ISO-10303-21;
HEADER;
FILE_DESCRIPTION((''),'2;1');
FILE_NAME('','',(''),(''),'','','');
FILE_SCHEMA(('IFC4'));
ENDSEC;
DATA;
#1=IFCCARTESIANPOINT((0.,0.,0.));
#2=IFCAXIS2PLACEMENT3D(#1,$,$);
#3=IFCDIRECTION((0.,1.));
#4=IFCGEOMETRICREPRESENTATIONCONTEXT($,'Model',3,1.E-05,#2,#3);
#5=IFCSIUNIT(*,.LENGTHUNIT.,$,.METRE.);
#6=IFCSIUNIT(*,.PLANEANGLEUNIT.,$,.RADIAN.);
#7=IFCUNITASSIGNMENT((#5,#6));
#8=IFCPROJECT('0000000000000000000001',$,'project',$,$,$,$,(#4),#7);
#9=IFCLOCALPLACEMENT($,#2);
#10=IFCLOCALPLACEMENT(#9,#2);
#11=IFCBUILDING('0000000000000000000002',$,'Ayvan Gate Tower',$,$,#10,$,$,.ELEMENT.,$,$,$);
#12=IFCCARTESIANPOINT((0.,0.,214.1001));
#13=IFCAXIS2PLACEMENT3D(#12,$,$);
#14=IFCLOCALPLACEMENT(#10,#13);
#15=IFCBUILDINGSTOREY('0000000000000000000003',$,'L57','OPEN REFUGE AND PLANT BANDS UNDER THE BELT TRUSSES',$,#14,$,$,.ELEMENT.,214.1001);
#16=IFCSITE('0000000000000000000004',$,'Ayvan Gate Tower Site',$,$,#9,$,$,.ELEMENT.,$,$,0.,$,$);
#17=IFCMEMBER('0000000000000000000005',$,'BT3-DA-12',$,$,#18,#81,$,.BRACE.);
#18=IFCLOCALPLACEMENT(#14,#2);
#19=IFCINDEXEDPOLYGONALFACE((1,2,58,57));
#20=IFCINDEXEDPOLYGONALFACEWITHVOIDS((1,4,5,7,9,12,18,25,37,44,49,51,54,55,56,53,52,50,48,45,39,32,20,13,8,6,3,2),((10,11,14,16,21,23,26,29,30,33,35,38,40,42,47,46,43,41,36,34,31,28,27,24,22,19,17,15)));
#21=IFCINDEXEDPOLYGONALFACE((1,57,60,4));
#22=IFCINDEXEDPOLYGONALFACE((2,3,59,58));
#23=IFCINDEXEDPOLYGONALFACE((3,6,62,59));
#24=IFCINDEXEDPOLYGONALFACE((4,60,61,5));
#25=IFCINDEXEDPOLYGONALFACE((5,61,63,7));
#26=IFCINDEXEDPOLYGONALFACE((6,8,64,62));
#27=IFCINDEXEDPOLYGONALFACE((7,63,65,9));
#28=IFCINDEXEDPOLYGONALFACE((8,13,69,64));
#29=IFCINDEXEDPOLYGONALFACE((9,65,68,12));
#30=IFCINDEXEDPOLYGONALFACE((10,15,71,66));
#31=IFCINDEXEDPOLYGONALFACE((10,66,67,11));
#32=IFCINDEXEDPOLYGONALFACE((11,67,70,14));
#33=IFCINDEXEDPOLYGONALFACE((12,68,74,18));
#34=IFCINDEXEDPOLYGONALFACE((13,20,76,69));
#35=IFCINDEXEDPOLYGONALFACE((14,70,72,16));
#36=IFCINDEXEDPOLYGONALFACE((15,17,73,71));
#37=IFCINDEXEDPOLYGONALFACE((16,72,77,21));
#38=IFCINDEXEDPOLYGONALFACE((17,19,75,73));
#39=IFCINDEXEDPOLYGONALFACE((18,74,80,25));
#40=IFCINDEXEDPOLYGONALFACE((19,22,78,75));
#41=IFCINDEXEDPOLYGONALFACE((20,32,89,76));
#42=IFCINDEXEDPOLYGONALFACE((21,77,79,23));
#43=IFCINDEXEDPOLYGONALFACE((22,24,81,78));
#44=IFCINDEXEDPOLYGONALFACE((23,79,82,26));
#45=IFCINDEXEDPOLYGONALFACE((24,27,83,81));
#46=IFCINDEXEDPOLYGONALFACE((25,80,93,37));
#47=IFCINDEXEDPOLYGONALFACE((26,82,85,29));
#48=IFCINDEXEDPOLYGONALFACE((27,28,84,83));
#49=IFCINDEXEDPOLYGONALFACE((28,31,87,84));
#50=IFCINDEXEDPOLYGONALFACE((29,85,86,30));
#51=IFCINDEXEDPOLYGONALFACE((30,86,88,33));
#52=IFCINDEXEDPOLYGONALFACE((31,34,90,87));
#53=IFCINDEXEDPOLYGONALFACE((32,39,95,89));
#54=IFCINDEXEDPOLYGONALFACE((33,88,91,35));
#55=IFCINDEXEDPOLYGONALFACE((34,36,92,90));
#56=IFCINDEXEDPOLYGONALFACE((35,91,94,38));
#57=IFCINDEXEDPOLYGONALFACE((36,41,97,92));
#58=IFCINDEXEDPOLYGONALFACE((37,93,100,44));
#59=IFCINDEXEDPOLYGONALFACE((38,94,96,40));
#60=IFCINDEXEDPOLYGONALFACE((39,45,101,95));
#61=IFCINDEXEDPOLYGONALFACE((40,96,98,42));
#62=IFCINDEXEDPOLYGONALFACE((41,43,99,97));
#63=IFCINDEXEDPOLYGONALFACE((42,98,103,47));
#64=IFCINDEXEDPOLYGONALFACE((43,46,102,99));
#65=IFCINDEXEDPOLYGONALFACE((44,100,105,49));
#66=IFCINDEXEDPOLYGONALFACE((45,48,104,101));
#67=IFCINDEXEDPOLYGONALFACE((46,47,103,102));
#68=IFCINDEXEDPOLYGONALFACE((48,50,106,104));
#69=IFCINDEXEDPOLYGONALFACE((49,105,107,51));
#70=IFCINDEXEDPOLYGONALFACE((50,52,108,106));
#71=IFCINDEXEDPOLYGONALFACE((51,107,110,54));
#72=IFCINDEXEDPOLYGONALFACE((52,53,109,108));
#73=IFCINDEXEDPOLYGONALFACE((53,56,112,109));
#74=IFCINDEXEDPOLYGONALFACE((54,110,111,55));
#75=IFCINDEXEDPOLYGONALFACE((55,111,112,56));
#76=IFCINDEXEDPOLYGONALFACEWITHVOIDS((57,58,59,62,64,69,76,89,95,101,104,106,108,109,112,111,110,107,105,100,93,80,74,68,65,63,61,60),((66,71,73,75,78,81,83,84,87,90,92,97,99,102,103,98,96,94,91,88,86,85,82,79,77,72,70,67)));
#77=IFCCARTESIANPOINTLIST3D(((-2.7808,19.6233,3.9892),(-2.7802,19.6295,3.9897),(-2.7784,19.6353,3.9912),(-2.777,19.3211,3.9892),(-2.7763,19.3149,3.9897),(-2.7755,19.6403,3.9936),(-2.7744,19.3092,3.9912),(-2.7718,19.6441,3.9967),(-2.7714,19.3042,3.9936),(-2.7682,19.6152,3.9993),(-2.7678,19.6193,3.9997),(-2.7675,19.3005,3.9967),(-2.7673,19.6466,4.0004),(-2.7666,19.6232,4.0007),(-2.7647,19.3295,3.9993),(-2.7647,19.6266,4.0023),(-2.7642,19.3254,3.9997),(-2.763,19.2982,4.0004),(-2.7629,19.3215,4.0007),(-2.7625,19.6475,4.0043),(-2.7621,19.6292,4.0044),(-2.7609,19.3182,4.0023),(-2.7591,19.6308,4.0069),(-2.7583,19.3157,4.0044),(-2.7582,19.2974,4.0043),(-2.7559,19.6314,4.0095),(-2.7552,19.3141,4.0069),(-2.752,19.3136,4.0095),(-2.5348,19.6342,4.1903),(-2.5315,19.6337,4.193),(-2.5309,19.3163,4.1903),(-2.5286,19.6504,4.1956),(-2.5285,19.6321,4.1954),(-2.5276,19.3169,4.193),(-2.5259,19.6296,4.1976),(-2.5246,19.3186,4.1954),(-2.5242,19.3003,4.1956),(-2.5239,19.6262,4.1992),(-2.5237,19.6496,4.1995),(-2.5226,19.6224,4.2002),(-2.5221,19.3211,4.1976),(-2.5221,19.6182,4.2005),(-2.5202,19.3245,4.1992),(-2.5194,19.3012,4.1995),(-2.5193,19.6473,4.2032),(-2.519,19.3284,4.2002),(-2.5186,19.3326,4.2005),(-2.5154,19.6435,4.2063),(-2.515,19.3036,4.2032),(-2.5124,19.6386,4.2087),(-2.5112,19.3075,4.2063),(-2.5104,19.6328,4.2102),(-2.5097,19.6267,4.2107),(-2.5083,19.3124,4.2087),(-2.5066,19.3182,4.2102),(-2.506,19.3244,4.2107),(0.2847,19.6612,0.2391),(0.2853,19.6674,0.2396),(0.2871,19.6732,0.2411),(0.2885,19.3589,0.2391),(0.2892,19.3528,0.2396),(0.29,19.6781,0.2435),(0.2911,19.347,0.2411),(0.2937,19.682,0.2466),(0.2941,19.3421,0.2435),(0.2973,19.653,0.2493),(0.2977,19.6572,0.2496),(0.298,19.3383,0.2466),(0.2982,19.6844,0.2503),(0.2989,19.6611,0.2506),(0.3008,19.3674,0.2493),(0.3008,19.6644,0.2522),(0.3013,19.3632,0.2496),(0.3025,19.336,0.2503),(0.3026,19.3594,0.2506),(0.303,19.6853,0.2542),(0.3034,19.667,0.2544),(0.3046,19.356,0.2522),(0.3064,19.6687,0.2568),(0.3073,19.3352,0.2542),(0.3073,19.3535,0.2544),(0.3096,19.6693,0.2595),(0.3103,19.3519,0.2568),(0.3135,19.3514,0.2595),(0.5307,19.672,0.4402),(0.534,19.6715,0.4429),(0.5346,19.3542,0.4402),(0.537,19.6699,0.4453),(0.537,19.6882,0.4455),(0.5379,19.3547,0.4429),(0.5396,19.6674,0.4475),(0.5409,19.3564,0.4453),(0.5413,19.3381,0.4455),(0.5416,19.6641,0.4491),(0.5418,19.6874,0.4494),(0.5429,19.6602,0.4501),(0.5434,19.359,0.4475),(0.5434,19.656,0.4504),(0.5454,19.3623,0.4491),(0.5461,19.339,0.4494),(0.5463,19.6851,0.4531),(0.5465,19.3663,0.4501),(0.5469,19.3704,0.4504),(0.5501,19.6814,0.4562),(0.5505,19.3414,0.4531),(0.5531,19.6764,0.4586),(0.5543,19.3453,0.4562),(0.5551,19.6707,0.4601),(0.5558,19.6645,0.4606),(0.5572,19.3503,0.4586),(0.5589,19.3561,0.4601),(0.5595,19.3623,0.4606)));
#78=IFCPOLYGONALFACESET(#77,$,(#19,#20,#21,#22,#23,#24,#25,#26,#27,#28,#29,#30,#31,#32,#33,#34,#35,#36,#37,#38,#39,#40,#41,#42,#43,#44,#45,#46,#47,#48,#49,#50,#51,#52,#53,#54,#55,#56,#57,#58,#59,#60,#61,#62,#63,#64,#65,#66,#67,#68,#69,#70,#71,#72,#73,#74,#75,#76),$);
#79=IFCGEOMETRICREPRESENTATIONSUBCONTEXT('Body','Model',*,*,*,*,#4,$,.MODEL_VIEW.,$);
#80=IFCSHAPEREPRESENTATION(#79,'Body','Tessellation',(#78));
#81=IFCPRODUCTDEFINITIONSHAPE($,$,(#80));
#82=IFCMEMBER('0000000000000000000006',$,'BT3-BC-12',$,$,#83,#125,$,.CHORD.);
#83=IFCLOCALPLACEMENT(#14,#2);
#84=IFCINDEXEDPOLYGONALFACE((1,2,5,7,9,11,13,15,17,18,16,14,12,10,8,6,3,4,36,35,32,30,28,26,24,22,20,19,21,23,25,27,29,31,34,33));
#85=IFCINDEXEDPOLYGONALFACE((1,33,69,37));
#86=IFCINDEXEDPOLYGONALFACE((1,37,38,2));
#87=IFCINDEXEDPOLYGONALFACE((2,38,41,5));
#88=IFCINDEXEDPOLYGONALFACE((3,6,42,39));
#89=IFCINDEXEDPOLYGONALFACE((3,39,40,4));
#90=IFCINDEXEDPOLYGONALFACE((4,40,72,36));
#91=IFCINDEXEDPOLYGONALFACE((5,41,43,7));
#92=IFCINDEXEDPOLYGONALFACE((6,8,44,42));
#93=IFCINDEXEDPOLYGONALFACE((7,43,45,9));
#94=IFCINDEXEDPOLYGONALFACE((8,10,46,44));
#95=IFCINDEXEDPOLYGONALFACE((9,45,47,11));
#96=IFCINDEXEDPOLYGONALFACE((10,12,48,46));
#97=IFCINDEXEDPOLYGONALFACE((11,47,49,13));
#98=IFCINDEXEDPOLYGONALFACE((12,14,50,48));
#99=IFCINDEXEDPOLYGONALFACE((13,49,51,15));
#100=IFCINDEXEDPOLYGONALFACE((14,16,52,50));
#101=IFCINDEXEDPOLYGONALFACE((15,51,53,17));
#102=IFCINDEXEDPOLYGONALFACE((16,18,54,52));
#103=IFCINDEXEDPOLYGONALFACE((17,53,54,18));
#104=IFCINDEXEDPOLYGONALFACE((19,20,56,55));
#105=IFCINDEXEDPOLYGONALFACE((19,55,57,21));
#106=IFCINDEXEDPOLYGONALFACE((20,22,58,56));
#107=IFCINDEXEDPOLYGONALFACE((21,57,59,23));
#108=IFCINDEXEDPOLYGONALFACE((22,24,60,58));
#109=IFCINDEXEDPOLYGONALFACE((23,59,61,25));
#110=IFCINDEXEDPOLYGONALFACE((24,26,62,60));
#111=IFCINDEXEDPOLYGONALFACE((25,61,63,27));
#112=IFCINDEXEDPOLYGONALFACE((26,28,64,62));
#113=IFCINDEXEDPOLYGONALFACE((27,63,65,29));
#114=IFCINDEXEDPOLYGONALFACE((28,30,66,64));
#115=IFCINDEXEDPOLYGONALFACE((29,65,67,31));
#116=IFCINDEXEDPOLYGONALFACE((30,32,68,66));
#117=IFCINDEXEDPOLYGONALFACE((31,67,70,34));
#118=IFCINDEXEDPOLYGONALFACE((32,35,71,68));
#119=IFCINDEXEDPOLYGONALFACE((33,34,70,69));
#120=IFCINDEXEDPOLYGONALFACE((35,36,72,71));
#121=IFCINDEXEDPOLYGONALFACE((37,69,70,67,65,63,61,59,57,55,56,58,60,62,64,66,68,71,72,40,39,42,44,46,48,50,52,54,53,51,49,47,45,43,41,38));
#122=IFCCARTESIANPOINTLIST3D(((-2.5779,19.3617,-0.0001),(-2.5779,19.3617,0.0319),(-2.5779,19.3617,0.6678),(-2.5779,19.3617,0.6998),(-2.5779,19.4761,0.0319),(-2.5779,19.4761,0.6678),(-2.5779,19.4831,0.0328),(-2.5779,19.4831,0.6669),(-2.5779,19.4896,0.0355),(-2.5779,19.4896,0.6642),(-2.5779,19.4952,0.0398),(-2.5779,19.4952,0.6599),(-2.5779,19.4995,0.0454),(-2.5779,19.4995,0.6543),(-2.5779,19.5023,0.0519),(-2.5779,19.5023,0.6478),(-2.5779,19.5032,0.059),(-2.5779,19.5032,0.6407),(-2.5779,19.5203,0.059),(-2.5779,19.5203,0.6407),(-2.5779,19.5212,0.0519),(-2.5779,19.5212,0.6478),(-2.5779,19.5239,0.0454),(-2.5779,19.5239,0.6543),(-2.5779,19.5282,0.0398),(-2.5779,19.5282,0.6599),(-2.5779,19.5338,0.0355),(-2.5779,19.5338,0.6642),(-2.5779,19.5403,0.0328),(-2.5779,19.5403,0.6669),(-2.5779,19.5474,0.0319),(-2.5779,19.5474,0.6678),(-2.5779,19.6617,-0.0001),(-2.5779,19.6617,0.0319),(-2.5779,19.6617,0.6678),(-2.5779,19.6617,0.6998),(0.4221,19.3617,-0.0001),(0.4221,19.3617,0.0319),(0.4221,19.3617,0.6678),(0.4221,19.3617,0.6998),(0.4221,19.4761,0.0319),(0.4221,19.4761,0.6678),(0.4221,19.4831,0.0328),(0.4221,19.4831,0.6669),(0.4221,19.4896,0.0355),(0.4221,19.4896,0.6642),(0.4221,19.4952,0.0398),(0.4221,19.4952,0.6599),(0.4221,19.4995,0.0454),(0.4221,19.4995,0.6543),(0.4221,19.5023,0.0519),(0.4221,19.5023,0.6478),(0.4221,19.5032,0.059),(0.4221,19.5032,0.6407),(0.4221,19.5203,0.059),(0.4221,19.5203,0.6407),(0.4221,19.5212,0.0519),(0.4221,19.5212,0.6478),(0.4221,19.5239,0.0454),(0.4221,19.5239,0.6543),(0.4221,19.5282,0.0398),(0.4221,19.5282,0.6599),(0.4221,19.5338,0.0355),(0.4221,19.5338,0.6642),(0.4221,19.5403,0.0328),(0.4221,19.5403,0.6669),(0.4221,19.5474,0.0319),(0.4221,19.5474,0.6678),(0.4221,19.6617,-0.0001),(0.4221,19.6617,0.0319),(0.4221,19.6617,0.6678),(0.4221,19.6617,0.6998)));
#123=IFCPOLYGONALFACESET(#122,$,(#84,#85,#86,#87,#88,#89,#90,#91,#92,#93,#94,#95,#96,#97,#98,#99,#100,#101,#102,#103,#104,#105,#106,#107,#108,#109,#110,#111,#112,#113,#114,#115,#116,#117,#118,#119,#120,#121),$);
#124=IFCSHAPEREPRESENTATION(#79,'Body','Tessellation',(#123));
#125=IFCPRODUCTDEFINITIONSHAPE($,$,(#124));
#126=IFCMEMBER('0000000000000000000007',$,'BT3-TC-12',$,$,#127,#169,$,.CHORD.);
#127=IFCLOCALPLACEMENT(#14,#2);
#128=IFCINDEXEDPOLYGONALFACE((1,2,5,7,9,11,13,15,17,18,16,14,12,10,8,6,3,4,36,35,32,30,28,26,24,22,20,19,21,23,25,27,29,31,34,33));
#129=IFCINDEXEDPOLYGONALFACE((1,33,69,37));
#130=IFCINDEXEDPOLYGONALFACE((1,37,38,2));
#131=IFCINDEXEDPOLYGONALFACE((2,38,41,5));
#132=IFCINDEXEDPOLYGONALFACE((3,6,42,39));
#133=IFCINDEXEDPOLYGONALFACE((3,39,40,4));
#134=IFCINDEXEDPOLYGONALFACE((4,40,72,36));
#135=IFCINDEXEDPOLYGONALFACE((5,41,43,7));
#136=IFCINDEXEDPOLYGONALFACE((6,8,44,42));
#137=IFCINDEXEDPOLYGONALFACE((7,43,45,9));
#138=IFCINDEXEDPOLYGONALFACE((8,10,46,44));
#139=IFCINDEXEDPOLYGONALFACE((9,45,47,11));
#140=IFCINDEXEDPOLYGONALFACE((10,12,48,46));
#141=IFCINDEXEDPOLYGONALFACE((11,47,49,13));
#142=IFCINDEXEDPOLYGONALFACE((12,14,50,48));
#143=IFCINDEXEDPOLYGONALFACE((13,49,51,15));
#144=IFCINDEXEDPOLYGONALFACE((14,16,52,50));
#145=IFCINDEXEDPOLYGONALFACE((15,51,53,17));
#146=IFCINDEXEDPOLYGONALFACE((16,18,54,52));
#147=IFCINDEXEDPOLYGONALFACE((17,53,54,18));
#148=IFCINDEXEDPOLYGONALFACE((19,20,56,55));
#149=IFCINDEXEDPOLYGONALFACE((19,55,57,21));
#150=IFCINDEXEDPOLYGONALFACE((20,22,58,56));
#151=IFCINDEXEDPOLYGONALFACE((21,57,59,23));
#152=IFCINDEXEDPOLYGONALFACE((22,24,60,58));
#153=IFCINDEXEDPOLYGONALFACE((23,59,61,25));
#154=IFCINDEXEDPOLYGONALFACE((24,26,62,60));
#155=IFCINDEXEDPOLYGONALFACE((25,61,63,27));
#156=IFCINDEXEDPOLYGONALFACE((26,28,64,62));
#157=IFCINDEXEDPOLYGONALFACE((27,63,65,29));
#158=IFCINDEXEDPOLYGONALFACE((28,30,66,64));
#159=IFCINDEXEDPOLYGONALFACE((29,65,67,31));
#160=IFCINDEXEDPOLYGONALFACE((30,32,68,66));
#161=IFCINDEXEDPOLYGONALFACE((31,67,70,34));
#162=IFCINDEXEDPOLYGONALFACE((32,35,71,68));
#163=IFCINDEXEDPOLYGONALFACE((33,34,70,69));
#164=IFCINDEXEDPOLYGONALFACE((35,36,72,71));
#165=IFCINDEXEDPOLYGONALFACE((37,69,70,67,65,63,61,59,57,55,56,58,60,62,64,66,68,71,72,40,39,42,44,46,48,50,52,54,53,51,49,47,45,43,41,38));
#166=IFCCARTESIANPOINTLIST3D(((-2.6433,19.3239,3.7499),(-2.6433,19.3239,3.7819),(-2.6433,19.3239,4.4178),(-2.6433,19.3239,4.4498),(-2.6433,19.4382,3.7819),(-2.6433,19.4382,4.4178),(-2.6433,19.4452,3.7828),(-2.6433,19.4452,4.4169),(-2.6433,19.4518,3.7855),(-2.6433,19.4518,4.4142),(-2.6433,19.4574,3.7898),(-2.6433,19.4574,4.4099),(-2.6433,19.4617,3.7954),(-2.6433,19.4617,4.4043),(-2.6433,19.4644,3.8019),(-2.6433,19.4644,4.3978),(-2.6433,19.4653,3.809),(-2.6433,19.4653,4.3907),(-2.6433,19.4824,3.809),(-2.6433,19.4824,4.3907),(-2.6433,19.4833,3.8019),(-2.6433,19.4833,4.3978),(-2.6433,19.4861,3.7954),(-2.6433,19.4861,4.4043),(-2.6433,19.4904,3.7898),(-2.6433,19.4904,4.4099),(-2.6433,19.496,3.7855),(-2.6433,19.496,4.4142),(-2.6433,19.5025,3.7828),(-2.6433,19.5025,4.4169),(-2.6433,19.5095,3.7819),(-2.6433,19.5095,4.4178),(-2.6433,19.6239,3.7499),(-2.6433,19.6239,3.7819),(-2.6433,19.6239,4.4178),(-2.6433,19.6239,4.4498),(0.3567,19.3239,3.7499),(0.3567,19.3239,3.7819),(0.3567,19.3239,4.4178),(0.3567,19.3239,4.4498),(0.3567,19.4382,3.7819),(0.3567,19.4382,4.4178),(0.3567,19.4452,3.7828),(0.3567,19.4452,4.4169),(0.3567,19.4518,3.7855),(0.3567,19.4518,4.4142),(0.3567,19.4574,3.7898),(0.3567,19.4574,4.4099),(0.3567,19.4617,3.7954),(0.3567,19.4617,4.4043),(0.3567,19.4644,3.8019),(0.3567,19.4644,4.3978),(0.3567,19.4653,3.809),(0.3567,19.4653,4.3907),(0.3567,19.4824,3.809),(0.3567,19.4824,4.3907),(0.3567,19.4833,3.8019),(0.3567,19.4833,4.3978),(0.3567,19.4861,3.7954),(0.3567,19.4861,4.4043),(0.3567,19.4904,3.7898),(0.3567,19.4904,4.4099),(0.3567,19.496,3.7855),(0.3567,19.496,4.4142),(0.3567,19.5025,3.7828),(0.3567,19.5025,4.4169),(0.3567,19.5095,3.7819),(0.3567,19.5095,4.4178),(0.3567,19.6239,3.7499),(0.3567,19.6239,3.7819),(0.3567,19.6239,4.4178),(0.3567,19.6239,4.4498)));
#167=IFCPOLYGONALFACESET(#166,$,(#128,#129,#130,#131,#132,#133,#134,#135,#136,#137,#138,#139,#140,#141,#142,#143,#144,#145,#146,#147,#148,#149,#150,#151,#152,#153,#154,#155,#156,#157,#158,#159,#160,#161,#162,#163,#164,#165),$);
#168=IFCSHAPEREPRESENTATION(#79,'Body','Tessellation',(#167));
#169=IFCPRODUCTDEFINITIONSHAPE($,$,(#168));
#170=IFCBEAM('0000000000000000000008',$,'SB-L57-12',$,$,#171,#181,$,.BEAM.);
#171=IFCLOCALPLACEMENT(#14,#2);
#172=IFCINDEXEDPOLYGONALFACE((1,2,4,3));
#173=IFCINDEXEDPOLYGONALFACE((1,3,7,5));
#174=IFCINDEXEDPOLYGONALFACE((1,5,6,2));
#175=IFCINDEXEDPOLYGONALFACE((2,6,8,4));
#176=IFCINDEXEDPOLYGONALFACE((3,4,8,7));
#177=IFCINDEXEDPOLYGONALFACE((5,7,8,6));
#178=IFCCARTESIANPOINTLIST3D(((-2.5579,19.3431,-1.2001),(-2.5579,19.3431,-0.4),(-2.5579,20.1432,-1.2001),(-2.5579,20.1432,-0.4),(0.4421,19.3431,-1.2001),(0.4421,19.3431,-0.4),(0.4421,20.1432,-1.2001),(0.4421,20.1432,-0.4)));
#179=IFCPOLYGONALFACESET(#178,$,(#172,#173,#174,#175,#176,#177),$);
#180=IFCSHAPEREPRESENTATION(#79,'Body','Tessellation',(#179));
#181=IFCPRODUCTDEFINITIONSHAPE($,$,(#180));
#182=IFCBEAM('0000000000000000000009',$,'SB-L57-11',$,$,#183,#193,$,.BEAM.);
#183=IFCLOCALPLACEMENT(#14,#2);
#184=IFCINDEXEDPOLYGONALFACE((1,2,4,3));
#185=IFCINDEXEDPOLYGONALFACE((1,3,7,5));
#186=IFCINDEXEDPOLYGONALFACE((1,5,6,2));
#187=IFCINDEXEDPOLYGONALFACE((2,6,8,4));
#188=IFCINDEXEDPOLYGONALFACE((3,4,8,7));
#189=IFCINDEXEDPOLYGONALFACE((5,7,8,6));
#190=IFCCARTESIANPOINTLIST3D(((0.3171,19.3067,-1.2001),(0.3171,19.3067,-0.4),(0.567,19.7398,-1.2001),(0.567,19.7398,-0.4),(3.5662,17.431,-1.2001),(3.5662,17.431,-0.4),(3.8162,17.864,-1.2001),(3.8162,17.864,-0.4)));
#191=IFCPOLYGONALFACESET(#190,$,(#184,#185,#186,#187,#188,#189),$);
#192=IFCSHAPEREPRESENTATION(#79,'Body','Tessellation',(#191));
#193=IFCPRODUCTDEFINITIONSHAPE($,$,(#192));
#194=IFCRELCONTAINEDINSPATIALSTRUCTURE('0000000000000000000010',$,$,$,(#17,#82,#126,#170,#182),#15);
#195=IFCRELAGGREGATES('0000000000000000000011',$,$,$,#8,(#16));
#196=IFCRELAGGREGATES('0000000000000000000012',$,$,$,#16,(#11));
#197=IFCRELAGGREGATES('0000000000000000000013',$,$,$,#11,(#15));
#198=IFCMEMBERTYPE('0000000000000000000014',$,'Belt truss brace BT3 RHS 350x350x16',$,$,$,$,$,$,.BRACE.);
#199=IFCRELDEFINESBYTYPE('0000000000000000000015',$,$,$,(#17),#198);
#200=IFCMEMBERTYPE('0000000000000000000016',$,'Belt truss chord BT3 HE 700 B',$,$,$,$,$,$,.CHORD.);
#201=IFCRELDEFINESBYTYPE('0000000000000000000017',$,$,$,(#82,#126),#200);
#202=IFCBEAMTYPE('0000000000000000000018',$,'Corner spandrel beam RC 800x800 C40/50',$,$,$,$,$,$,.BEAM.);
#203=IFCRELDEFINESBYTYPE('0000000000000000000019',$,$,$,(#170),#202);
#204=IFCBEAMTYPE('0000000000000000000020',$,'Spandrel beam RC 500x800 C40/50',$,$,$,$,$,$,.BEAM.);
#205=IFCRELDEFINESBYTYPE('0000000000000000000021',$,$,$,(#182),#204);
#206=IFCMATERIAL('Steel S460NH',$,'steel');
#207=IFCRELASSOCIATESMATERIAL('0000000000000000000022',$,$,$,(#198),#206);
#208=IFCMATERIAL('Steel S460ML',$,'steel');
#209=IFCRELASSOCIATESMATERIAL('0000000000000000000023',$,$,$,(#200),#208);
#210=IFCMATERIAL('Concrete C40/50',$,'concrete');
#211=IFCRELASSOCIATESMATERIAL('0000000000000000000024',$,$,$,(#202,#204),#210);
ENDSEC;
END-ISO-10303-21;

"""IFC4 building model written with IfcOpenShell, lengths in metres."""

from ifc_helpers import new_model, si_unit, direction, frame, origin, origin_2d, place, context, subcontext, project, spatial, rectangle, hollow_rectangle, i_section, extrude, material, material_profile, profile_set, type_object, element, save


model = new_model("IFC4")

# Units and contexts
model_context = context("Model", 3, precision=1e-05, world=origin(), true_north=direction((0.0, 1.0)))
body_context = subcontext(model_context, "Body", "Model", "MODEL_VIEW")
ifc_project = project(units=[si_unit("LENGTHUNIT", "METRE"), si_unit("PLANEANGLEUNIT", "RADIAN")], contexts=[model_context])

# Site, building, storey
site_placement = place(None, origin())
site = spatial("IfcSite", under=ifc_project, at=site_placement, Name="Ayvan Gate Tower Site", CompositionType="ELEMENT", RefElevation=0.0)
building_placement = place(site_placement, origin())
building = spatial("IfcBuilding", under=site, at=building_placement, Name="Ayvan Gate Tower", CompositionType="ELEMENT")
storey_placement = place(building_placement, frame((0.0, 0.0, 214.1001)))
storey = spatial("IfcBuildingStorey", under=building, at=storey_placement, Name="L57", Description="OPEN REFUGE AND PLANT BANDS UNDER THE BELT TRUSSES", CompositionType="ELEMENT", Elevation=214.1001)

# Members
ifc_material_1 = material(Name="Steel S460NH", Category="steel")
ifc_material_profile_1 = material_profile(ifc_material_1, hollow_rectangle(XDim=0.3501, YDim=0.3501, WallThickness=0.0161, InnerFilletRadius=0.0161, OuterFilletRadius=0.0239, at=origin_2d()), Name="RHS 350x350x16")
ifc_profile_set_1 = profile_set([ifc_material_profile_1], Name="Steel S460NH")
member_type_1 = type_object("IfcMemberType", Name="Belt truss brace BT3 RHS 350x350x16", PredefinedType="BRACE", material=ifc_profile_set_1)
member_1_placement = place(storey_placement, frame((0.4221, 19.5117, 0.3499), z_axis=(-0.632878, -0.007813, 0.774212), x_axis=(0.012344, -0.999924, 0.0)))
element("IfcMember", 1, at=member_1_placement, inside=storey, type_object=member_type_1, Name="BT3-DA-12", PredefinedType="BRACE", context=body_context, shape_type="SweptSolid", body=[
    extrude(hollow_rectangle(XDim=0.3501, YDim=0.3501, WallThickness=0.0161, InnerFilletRadius=0.0161, OuterFilletRadius=0.0239, at=origin_2d()), origin(), (0.0, 0.0, 1.0), 4.8438),
])
ifc_material_2 = material(Name="Steel S460ML", Category="steel")
ifc_material_profile_2 = material_profile(ifc_material_2, i_section(OverallWidth=0.3, OverallDepth=0.7, WebThickness=0.0171, FlangeThickness=0.032, FilletRadius=0.0271, at=origin_2d()), Name="HE 700 B")
ifc_profile_set_2 = profile_set([ifc_material_profile_2], Name="Steel S460ML")
member_type_2 = type_object("IfcMemberType", Name="Belt truss chord BT3 HE 700 B", PredefinedType="CHORD", material=ifc_profile_set_2)
for number, where, z_axis, x_axis, name in (
    (2, (0.4221, 19.5117, 0.3499), (-1.0, 0.0, 0.0), (0.0, -1.0, 0.0), "BT3-BC-12"),
    (3, (0.3567, 19.4739, 4.0999), (-1.0, 0.0, 0.0), (0.0, -1.0, 0.0), "BT3-TC-12"),
):
    element("IfcMember", number, at=place(storey_placement, frame(where, z_axis=z_axis, x_axis=x_axis)), inside=storey, type_object=member_type_2, Name=name, PredefinedType="CHORD", context=body_context, shape_type="SweptSolid", body=[
        extrude(i_section(OverallWidth=0.3, OverallDepth=0.7, WebThickness=0.0171, FlangeThickness=0.032, FilletRadius=0.0271, at=origin_2d()), origin(), (0.0, 0.0, 1.0), 3.0),
    ])

# Beams
ifc_material_3 = material(Name="Concrete C40/50", Category="concrete")
ifc_material_profile_3 = material_profile(ifc_material_3, rectangle(XDim=0.8, YDim=0.8, at=origin_2d()), Name="RC 800x800")
ifc_profile_set_3 = profile_set([ifc_material_profile_3], Name="Concrete C40/50")
beam_type_1 = type_object("IfcBeamType", Name="Corner spandrel beam RC 800x800 C40/50", PredefinedType="BEAM", material=ifc_profile_set_3)
beam_1_placement = place(storey_placement, frame((0.4421, 19.7432, -0.8), z_axis=(-1.0, 0.0, 0.0), x_axis=(0.0, -1.0, 0.0)))
element("IfcBeam", 4, at=beam_1_placement, inside=storey, type_object=beam_type_1, Name="SB-L57-12", PredefinedType="BEAM", context=body_context, shape_type="SweptSolid", body=[
    extrude(rectangle(XDim=0.8, YDim=0.8, at=origin_2d()), origin(), (0.0, 0.0, 1.0), 3.0),
])
ifc_material_profile_4 = material_profile(ifc_material_3, rectangle(XDim=0.5, YDim=0.8, at=origin_2d()), Name="RC 500x800")
ifc_profile_set_4 = profile_set([ifc_material_profile_4], Name="Concrete C40/50")
beam_type_2 = type_object("IfcBeamType", Name="Spandrel beam RC 500x800 C40/50", PredefinedType="BEAM", material=ifc_profile_set_4)
beam_2_placement = place(storey_placement, frame((3.6912, 17.6475, -0.8), z_axis=(-0.866036, 0.499982, 0.0), x_axis=(-0.499982, -0.866036, 0.0)))
element("IfcBeam", 5, at=beam_2_placement, inside=storey, type_object=beam_type_2, Name="SB-L57-11", PredefinedType="BEAM", context=body_context, shape_type="SweptSolid", body=[
    extrude(rectangle(XDim=0.5, YDim=0.8, at=origin_2d()), origin(), (0.0, 0.0, 1.0), 3.7517),
])

save(model, "model.ifc")
